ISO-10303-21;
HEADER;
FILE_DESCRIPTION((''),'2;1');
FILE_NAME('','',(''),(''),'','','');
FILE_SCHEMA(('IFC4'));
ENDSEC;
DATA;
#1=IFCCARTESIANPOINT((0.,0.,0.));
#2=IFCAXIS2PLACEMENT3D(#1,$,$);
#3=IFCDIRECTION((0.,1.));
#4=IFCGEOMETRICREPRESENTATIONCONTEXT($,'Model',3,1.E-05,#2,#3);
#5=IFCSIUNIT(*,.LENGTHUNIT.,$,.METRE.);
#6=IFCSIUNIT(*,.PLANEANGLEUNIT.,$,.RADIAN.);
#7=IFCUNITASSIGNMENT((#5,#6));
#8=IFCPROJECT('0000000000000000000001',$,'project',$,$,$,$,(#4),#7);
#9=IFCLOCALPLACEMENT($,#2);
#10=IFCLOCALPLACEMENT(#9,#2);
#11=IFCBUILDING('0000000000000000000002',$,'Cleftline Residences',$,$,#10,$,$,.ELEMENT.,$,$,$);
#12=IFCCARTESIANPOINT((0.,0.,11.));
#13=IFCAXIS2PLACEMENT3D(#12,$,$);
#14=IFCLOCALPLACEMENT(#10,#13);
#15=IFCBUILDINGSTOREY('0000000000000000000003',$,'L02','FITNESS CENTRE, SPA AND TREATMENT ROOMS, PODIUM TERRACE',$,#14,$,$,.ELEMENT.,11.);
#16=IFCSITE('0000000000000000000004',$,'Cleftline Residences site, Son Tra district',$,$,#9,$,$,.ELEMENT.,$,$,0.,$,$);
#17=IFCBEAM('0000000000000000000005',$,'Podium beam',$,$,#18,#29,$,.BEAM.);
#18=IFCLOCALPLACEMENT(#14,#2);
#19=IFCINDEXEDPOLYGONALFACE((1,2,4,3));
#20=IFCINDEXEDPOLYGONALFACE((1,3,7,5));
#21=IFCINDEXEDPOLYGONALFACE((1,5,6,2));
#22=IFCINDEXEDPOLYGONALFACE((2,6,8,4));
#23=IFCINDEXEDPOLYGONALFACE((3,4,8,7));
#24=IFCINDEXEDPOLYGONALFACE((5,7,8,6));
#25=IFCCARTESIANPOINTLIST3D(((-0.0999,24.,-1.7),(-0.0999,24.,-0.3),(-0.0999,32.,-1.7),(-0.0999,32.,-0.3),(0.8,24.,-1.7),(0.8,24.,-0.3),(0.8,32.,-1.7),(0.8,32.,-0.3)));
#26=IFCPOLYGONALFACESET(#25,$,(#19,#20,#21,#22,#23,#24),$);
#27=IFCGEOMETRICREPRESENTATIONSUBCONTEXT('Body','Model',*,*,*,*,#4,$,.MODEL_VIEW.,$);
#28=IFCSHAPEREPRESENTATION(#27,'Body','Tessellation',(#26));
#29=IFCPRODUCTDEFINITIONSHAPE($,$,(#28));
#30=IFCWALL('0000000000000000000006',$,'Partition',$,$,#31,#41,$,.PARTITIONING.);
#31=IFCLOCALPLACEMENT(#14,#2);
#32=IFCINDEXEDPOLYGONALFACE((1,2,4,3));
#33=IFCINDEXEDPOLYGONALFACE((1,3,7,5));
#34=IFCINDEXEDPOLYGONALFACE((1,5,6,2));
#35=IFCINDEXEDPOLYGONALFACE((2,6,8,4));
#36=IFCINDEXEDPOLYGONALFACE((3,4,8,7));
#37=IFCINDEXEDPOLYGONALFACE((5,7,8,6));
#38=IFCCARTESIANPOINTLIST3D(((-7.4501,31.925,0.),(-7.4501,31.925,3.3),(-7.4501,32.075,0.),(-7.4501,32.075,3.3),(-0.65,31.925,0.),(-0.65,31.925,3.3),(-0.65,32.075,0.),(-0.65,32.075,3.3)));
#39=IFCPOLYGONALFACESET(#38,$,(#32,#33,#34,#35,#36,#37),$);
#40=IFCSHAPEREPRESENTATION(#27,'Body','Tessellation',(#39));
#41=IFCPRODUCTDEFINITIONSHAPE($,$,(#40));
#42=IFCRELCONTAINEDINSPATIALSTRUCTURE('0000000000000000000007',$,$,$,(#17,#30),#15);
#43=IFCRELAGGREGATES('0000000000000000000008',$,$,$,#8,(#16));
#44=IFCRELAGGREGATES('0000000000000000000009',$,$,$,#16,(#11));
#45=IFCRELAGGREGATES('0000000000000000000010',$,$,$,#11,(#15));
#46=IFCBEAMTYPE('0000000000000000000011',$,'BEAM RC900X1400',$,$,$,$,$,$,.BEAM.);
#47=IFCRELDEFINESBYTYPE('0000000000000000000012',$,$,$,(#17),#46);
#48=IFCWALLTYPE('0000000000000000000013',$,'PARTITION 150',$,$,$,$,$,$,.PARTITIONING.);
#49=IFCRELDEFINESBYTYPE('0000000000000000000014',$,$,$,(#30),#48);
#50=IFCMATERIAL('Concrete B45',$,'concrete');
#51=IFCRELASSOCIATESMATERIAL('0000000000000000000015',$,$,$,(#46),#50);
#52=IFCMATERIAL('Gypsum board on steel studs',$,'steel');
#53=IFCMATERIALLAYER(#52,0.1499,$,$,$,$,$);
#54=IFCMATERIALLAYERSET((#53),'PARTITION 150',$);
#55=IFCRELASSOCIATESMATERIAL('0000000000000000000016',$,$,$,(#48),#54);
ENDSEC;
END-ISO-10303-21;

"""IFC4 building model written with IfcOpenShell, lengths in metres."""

from ifc_helpers import new_model, si_unit, direction, frame, frame_2d, origin, origin_2d, place, context, subcontext, project, spatial, rectangle, extrude, material, layer, layer_set, material_profile, profile_set, type_object, element, save


model = new_model("IFC4")

# Units and contexts
model_context = context("Model", 3, precision=1e-05, world=origin(), true_north=direction((0.0, 1.0)))
body_context = subcontext(model_context, "Body", "Model", "MODEL_VIEW")
ifc_project = project(units=[si_unit("LENGTHUNIT", "METRE"), si_unit("PLANEANGLEUNIT", "RADIAN")], contexts=[model_context])

# Site, building, storey
site_placement = place(None, origin())
site = spatial("IfcSite", under=ifc_project, at=site_placement, Name="Cleftline Residences site, Son Tra district", CompositionType="ELEMENT", RefElevation=0.0)
building_placement = place(site_placement, origin())
building = spatial("IfcBuilding", under=site, at=building_placement, Name="Cleftline Residences", CompositionType="ELEMENT")
storey_placement = place(building_placement, frame((0.0, 0.0, 11.0)))
storey = spatial("IfcBuildingStorey", under=building, at=storey_placement, Name="L02", Description="FITNESS CENTRE, SPA AND TREATMENT ROOMS, PODIUM TERRACE", CompositionType="ELEMENT", Elevation=11.0)

# Beam
ifc_material_1 = material(Name="Concrete B45", Category="concrete")
ifc_material_profile_1 = material_profile(ifc_material_1, rectangle(XDim=0.8999, YDim=1.3999, at=origin_2d()))
ifc_profile_set_1 = profile_set([ifc_material_profile_1], Name="Concrete B45")
beam_type = type_object("IfcBeamType", Name="BEAM RC900X1400", PredefinedType="BEAM", material=ifc_profile_set_1)
for number, where, z_axis, x_axis, name in (
    (1, (0.3501, 24.0, -1.0), (0.0, 1.0, 0.0), (-1.0, 0.0, 0.0), "Podium beam"),
):
    element("IfcBeam", number, at=place(storey_placement, frame(where, z_axis=z_axis, x_axis=x_axis)), inside=storey, type_object=beam_type, Name=name, PredefinedType="BEAM", context=body_context, shape_type="SweptSolid", body=[
        extrude(rectangle(XDim=0.8999, YDim=1.3999, at=origin_2d()), origin(), (0.0, 0.0, 1.0), 8.0),
    ])

# Wall
ifc_material_2 = material(Name="Gypsum board on steel studs", Category="steel")
ifc_layer = layer(ifc_material_2, 0.1499)
ifc_layer_set = layer_set([ifc_layer], Name="PARTITION 150")
wall_type = type_object("IfcWallType", Name="PARTITION 150", PredefinedType="PARTITIONING", material=ifc_layer_set)
wall_placement = place(storey_placement, frame((-7.45, 32.0, 0.0), z_axis=(0.0, 0.0, 1.0), x_axis=(1.0, 0.0, 0.0)))
element("IfcWall", 2, at=wall_placement, inside=storey, type_object=wall_type, Name="Partition", PredefinedType="PARTITIONING", context=body_context, shape_type="SweptSolid", body=[
    extrude(rectangle(XDim=6.8, YDim=0.1499, at=frame_2d((3.3999, 0.0))), origin(), (0.0, 0.0, 1.0), 3.3),
])

save(model, "model.ifc")
